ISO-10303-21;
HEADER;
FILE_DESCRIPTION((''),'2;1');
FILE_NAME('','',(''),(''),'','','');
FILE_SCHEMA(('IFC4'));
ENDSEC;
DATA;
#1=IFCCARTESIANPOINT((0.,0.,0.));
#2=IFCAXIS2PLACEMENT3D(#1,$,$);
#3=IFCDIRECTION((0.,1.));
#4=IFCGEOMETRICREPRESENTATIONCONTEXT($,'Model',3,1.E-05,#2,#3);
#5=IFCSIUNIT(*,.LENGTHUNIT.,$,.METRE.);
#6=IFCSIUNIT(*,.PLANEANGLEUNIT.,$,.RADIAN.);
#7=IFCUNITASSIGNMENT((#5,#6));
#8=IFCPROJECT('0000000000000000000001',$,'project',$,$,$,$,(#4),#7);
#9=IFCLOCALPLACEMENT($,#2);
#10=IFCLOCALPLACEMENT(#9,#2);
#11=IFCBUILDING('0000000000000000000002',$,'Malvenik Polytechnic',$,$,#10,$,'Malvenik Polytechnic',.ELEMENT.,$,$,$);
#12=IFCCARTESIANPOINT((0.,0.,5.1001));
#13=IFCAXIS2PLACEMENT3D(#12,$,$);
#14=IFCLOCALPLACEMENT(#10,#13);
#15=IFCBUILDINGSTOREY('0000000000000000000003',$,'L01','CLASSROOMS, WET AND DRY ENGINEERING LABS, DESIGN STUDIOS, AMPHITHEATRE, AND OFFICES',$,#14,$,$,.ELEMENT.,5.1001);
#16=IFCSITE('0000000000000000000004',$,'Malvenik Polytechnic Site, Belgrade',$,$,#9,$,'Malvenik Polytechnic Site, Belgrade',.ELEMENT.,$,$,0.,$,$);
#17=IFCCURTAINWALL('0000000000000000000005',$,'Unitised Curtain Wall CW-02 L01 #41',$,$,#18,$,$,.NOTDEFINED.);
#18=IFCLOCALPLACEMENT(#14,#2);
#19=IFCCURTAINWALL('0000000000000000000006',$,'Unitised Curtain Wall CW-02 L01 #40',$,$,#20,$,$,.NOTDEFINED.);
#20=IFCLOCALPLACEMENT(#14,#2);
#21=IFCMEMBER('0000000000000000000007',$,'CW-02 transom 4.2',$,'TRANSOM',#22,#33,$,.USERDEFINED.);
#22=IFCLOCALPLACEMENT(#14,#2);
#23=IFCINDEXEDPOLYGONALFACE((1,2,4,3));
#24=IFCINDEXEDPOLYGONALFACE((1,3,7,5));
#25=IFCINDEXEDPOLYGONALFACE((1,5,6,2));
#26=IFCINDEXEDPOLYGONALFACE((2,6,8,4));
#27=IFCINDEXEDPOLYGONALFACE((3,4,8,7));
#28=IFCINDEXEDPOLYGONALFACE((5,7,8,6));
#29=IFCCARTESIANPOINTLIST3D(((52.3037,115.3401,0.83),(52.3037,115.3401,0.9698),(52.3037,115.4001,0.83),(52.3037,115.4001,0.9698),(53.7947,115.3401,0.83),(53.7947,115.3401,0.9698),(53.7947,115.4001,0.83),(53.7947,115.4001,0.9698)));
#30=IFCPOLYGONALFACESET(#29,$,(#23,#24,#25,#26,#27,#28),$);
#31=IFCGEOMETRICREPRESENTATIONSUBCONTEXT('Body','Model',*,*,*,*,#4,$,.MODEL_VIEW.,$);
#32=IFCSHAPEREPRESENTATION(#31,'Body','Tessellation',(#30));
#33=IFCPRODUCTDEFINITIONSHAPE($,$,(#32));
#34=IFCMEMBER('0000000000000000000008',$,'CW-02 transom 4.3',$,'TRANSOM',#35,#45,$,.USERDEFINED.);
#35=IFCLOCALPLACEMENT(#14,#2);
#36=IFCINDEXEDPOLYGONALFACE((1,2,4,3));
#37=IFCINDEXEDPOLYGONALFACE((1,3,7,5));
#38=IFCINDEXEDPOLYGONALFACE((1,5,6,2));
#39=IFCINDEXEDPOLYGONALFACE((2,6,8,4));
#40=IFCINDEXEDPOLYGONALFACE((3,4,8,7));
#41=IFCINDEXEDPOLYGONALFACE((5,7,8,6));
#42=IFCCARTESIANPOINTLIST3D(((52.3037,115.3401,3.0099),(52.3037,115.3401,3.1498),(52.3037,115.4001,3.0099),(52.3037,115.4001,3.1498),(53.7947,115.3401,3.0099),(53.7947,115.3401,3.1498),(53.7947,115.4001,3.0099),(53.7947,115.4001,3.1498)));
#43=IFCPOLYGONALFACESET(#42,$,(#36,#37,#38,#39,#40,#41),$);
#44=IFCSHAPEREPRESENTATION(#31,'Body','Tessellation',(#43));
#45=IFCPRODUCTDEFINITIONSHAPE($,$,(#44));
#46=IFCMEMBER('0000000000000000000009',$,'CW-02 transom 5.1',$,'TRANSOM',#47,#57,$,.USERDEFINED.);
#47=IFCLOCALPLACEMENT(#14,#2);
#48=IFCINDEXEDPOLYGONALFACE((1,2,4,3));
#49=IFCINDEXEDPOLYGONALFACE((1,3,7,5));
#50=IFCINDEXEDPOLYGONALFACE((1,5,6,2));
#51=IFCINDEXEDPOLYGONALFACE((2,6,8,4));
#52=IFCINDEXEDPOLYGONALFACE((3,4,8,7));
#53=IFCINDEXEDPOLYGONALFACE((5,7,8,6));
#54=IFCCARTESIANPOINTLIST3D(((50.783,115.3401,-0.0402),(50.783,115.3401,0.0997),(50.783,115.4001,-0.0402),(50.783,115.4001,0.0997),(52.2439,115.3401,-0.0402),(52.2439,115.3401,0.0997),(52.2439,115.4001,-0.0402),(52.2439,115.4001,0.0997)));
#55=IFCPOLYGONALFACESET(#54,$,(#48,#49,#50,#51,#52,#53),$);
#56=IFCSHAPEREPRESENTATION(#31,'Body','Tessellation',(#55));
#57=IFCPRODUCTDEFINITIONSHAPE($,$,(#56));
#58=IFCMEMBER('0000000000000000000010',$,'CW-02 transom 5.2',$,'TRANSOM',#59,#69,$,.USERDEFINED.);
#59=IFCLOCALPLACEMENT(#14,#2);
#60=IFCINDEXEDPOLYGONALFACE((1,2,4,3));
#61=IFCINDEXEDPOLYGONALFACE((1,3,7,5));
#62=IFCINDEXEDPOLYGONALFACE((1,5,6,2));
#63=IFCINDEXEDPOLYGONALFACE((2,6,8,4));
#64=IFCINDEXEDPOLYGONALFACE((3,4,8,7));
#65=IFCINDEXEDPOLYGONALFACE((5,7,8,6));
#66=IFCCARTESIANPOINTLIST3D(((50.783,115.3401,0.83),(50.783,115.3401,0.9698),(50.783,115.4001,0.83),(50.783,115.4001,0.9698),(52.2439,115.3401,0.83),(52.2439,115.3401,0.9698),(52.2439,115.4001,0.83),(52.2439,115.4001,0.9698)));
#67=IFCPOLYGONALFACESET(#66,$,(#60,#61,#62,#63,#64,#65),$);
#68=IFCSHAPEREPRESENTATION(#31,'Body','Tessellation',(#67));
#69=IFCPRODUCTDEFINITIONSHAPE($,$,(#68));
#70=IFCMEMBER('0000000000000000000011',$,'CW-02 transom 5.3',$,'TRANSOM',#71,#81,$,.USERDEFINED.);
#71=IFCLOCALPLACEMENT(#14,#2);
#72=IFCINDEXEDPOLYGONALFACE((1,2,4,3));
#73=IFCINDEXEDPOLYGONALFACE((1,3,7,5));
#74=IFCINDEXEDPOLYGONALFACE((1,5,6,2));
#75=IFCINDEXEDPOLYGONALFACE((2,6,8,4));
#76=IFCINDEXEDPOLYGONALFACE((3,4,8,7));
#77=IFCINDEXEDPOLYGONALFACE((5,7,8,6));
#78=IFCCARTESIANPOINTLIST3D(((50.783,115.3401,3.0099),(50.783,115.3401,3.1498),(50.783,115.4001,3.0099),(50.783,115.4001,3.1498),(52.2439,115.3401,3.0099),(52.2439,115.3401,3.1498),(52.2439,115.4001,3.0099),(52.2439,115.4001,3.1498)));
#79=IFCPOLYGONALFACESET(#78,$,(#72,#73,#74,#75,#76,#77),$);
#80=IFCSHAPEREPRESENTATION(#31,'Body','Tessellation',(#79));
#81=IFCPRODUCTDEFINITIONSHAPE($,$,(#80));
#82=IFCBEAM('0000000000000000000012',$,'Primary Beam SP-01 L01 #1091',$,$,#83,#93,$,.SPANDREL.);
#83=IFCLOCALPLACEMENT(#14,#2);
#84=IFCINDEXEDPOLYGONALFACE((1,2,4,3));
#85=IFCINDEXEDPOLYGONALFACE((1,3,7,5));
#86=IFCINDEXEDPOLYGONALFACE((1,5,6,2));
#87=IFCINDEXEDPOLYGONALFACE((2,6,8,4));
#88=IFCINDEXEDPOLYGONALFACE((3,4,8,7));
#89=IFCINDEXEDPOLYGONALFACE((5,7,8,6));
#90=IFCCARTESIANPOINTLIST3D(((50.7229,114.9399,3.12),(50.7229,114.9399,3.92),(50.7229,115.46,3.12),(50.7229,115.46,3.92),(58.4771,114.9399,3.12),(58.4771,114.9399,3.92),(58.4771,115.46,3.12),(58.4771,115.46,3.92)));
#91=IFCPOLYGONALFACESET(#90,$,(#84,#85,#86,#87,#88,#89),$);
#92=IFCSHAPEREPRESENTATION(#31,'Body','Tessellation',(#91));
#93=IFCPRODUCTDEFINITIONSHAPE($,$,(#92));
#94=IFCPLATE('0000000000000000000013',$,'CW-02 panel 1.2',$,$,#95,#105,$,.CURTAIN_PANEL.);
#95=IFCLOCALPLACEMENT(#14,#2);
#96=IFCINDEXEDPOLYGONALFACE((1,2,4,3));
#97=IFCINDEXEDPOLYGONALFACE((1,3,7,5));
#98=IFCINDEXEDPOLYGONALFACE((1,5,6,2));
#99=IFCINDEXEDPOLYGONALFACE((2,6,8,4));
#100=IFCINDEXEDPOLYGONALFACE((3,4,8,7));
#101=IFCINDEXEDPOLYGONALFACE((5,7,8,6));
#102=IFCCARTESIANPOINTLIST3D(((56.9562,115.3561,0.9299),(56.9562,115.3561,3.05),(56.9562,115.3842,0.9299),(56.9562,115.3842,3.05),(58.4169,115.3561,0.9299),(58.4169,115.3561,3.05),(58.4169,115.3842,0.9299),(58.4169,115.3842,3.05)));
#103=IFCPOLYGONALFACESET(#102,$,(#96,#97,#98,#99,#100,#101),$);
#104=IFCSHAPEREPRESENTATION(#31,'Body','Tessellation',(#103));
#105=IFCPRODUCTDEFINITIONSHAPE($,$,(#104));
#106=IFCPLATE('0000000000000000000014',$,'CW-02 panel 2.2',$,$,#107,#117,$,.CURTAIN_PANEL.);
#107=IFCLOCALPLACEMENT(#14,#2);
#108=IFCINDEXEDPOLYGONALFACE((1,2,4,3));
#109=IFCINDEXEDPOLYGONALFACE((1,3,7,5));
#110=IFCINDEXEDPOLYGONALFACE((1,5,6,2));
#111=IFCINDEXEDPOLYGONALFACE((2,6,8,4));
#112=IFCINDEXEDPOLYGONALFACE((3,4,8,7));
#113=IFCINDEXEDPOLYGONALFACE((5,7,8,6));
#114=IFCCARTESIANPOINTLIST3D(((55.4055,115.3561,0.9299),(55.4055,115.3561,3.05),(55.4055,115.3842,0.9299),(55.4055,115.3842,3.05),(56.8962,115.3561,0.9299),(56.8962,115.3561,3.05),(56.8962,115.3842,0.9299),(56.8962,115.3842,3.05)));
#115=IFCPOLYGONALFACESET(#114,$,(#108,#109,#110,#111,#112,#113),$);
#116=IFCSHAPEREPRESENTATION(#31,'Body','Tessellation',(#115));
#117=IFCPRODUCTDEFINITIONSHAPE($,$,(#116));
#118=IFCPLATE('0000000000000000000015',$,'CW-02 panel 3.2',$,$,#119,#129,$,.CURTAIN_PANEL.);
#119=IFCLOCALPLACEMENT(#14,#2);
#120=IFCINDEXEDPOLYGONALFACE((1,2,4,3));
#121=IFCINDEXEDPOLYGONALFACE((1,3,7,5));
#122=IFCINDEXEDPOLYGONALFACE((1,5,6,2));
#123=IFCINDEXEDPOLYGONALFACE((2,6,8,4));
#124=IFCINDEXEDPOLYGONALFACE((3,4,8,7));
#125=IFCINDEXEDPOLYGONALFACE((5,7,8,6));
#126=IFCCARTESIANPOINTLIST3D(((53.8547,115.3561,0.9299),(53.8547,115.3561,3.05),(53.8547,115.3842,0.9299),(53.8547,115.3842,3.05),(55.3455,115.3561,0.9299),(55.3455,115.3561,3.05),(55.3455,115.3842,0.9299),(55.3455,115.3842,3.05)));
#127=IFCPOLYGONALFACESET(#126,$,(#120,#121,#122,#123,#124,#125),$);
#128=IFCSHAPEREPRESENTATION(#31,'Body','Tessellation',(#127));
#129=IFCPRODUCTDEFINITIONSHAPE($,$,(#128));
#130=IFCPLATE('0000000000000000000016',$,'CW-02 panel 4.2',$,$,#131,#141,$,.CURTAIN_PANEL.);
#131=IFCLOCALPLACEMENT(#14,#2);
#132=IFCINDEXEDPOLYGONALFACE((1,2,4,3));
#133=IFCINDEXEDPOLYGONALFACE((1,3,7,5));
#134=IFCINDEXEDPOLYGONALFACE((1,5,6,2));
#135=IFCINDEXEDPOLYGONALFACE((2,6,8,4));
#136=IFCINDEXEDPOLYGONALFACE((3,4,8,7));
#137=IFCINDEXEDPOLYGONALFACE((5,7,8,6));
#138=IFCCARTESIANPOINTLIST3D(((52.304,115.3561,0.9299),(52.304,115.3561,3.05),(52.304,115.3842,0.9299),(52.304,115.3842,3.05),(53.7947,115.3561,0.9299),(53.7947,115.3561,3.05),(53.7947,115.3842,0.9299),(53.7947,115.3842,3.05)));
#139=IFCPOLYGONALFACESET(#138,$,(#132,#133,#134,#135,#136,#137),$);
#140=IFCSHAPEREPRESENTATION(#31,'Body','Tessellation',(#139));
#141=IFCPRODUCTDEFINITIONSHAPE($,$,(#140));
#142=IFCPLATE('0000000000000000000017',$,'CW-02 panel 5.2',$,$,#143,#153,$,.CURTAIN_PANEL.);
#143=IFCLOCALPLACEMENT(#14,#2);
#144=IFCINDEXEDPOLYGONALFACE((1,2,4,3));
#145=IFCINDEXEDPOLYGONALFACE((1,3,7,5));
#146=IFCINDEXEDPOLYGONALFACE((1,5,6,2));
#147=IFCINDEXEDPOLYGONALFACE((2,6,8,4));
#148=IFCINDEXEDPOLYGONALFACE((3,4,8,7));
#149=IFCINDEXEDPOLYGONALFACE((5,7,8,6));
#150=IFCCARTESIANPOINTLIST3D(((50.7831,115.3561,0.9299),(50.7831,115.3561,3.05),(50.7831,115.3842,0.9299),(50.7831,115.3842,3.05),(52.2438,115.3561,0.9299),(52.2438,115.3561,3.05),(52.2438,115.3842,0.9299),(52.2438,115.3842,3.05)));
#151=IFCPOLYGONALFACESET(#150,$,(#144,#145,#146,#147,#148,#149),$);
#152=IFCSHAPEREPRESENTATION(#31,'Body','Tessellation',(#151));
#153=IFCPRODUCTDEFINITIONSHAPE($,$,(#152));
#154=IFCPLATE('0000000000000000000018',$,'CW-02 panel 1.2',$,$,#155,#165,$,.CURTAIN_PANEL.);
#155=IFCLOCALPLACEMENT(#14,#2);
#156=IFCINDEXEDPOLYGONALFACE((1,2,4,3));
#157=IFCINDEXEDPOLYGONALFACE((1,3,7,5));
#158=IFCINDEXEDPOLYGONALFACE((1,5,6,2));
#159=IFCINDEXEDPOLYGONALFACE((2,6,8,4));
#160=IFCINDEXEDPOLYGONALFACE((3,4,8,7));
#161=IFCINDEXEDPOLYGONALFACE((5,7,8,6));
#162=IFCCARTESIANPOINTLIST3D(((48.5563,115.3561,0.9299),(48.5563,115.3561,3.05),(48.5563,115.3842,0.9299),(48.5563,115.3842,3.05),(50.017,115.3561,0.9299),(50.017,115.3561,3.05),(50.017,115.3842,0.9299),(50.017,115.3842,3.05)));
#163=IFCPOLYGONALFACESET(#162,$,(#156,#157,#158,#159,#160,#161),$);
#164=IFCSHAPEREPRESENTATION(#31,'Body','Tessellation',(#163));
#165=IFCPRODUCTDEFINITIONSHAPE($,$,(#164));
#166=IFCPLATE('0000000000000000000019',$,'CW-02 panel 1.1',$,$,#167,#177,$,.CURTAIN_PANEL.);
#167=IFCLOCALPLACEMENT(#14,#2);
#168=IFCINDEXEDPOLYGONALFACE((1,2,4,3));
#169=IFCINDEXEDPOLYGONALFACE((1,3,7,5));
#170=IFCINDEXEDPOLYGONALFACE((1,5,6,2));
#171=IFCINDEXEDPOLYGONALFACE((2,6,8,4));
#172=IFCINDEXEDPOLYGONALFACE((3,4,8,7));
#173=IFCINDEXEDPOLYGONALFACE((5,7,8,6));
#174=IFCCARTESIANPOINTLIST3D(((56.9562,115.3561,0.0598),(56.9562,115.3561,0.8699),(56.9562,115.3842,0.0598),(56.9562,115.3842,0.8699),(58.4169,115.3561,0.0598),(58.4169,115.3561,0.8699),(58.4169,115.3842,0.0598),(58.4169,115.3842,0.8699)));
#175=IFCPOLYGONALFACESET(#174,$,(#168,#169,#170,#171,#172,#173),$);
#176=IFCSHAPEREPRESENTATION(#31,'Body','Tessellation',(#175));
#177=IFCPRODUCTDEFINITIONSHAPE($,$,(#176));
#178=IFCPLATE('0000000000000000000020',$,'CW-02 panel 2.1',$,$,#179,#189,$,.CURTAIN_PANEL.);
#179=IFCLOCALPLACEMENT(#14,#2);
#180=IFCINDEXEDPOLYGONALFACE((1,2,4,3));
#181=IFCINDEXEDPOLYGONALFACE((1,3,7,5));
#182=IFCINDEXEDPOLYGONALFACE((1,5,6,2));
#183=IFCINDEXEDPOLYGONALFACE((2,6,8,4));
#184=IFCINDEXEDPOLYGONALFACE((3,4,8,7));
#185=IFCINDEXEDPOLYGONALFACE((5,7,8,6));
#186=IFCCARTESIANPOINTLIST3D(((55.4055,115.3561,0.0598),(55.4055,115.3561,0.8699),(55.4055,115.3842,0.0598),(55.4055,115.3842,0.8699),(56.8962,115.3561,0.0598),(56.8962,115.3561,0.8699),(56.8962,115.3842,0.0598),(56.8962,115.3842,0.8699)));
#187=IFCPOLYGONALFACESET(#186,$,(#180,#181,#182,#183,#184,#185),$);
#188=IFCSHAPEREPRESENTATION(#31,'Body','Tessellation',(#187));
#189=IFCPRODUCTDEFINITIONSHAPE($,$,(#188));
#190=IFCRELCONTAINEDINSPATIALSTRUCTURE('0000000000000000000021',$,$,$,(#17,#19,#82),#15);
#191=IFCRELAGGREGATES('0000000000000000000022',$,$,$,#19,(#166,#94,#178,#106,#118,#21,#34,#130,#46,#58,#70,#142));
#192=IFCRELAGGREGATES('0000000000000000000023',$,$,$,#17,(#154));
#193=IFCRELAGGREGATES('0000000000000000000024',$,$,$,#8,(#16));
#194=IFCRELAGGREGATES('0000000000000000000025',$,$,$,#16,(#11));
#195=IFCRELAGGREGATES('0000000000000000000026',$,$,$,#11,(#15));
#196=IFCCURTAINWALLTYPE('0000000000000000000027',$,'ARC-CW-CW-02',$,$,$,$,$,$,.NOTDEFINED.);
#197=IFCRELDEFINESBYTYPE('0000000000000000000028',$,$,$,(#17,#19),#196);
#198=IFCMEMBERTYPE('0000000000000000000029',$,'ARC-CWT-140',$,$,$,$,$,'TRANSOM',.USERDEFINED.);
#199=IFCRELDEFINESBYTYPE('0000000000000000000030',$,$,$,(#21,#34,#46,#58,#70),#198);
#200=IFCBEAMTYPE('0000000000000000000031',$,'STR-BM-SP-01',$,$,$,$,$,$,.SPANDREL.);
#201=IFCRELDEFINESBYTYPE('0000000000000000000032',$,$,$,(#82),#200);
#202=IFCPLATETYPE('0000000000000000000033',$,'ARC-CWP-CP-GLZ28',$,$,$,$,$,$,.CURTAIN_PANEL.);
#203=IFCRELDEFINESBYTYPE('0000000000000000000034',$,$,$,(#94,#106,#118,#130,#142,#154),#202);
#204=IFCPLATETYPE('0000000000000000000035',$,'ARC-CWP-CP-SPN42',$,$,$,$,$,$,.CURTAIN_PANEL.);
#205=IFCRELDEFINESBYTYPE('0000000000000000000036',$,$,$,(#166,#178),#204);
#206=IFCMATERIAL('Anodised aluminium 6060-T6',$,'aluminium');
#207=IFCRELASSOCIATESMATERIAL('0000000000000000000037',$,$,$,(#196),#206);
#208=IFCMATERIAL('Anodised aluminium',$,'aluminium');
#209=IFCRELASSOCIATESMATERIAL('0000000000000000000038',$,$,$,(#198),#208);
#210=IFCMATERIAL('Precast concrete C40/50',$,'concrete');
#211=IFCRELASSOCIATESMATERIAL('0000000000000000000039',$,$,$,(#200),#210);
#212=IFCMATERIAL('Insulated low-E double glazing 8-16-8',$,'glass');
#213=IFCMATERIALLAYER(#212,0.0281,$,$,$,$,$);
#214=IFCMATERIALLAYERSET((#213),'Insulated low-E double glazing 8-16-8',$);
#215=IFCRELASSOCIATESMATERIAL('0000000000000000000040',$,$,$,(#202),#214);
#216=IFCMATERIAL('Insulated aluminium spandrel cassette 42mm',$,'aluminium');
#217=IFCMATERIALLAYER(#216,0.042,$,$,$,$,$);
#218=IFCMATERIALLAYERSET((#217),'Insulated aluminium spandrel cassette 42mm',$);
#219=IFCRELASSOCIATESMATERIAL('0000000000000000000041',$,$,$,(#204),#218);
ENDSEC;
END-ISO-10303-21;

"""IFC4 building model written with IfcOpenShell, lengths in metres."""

from ifc_helpers import new_model, si_unit, direction, frame, origin, origin_2d, place, context, subcontext, project, spatial, rectangle, extrude, material, layer, layer_set, material_profile, profile_set, type_object, element, aggregate, save


model = new_model("IFC4")

# Units and contexts
model_context = context("Model", 3, precision=1e-05, world=origin(), true_north=direction((0.0, 1.0)))
body_context = subcontext(model_context, "Body", "Model", "MODEL_VIEW")
ifc_project = project(units=[si_unit("LENGTHUNIT", "METRE"), si_unit("PLANEANGLEUNIT", "RADIAN")], contexts=[model_context])

# Site, building, storey
site_placement = place(None, origin())
site = spatial("IfcSite", under=ifc_project, at=site_placement, Name="Malvenik Polytechnic Site, Belgrade", LongName="Malvenik Polytechnic Site, Belgrade", CompositionType="ELEMENT", RefElevation=0.0)
building_placement = place(site_placement, origin())
building = spatial("IfcBuilding", under=site, at=building_placement, Name="Malvenik Polytechnic", LongName="Malvenik Polytechnic", CompositionType="ELEMENT")
storey_placement = place(building_placement, frame((0.0, 0.0, 5.1001)))
storey = spatial("IfcBuildingStorey", under=building, at=storey_placement, Name="L01", Description="CLASSROOMS, WET AND DRY ENGINEERING LABS, DESIGN STUDIOS, AMPHITHEATRE, AND OFFICES", CompositionType="ELEMENT", Elevation=5.1001)

# Curtain wall
ifc_material_1 = material(Name="Anodised aluminium 6060-T6", Category="aluminium")
curtain_wall_type = type_object("IfcCurtainWallType", Name="ARC-CW-CW-02", PredefinedType="NOTDEFINED", material=ifc_material_1)
curtain_wall_1_placement = place(storey_placement, origin())
curtain_wall_1 = element("IfcCurtainWall", 1, at=curtain_wall_1_placement, inside=storey, type_object=curtain_wall_type, Name="Unitised Curtain Wall CW-02 L01 #41", PredefinedType="NOTDEFINED")
ifc_material_2 = material(Name="Anodised aluminium", Category="aluminium")

# Curtain wall
curtain_wall_2_placement = place(storey_placement, origin())
curtain_wall_2 = element("IfcCurtainWall", 2, at=curtain_wall_2_placement, inside=storey, type_object=curtain_wall_type, Name="Unitised Curtain Wall CW-02 L01 #40", PredefinedType="NOTDEFINED")

# Members
ifc_material_profile_1 = material_profile(ifc_material_2, rectangle(XDim=0.0601, YDim=0.1399, at=origin_2d()), Name="ALU TRANSOM 60x140")
ifc_profile_set_1 = profile_set([ifc_material_profile_1], Name="Anodised aluminium")
member_type_1 = type_object("IfcMemberType", Name="ARC-CWT-140", ElementType="TRANSOM", PredefinedType="USERDEFINED", material=ifc_profile_set_1)
member_1_placement = place(storey_placement, frame((53.7947, 115.3701, 0.8999), z_axis=(-1.0, 0.0, 0.0), x_axis=(0.0, -1.0, 0.0)))
member_1 = element("IfcMember", 3, at=member_1_placement, type_object=member_type_1, Name="CW-02 transom 4.2", ObjectType="TRANSOM", PredefinedType="USERDEFINED", context=body_context, shape_type="SweptSolid", body=[
    extrude(rectangle(XDim=0.0601, YDim=0.1399, at=origin_2d()), origin(), (0.0, 0.0, 1.0), 1.491),
])
member_2_placement = place(storey_placement, frame((53.7947, 115.3701, 3.0798), z_axis=(-1.0, 0.0, 0.0), x_axis=(0.0, -1.0, 0.0)))
member_2 = element("IfcMember", 4, at=member_2_placement, type_object=member_type_1, Name="CW-02 transom 4.3", ObjectType="TRANSOM", PredefinedType="USERDEFINED", context=body_context, shape_type="SweptSolid", body=[
    extrude(rectangle(XDim=0.0601, YDim=0.1399, at=origin_2d()), origin(), (0.0, 0.0, 1.0), 1.491),
])
member_3_placement = place(storey_placement, frame((52.2439, 115.3701, 0.0298), z_axis=(-1.0, 0.0, 0.0), x_axis=(0.0, -1.0, 0.0)))
member_3 = element("IfcMember", 5, at=member_3_placement, type_object=member_type_1, Name="CW-02 transom 5.1", ObjectType="TRANSOM", PredefinedType="USERDEFINED", context=body_context, shape_type="SweptSolid", body=[
    extrude(rectangle(XDim=0.0601, YDim=0.1399, at=origin_2d()), origin(), (0.0, 0.0, 1.0), 1.4609),
])
member_4_placement = place(storey_placement, frame((52.2439, 115.3701, 0.8999), z_axis=(-1.0, 0.0, 0.0), x_axis=(0.0, -1.0, 0.0)))
member_4 = element("IfcMember", 6, at=member_4_placement, type_object=member_type_1, Name="CW-02 transom 5.2", ObjectType="TRANSOM", PredefinedType="USERDEFINED", context=body_context, shape_type="SweptSolid", body=[
    extrude(rectangle(XDim=0.0601, YDim=0.1399, at=origin_2d()), origin(), (0.0, 0.0, 1.0), 1.4609),
])
member_5_placement = place(storey_placement, frame((52.2439, 115.3701, 3.0798), z_axis=(-1.0, 0.0, 0.0), x_axis=(0.0, -1.0, 0.0)))
member_5 = element("IfcMember", 7, at=member_5_placement, type_object=member_type_1, Name="CW-02 transom 5.3", ObjectType="TRANSOM", PredefinedType="USERDEFINED", context=body_context, shape_type="SweptSolid", body=[
    extrude(rectangle(XDim=0.0601, YDim=0.1399, at=origin_2d()), origin(), (0.0, 0.0, 1.0), 1.4609),
])

# Beam
ifc_material_3 = material(Name="Precast concrete C40/50", Category="concrete")
ifc_material_profile_2 = material_profile(ifc_material_3, rectangle(XDim=0.52, YDim=0.8, at=origin_2d()), Name="PC SPN 520x800")
ifc_profile_set_2 = profile_set([ifc_material_profile_2], Name="Precast concrete C40/50")
beam_type = type_object("IfcBeamType", Name="STR-BM-SP-01", PredefinedType="SPANDREL", material=ifc_profile_set_2)
beam_placement = place(storey_placement, frame((50.7229, 115.2, 3.52), z_axis=(1.0, 0.0, 0.0), x_axis=(0.0, 1.0, 0.0)))
element("IfcBeam", 8, at=beam_placement, inside=storey, type_object=beam_type, Name="Primary Beam SP-01 L01 #1091", PredefinedType="SPANDREL", context=body_context, shape_type="SweptSolid", body=[
    extrude(rectangle(XDim=0.52, YDim=0.8, at=origin_2d()), origin(), (0.0, 0.0, 1.0), 7.7542),
])

# Plates
ifc_material_4 = material(Name="Insulated low-E double glazing 8-16-8", Category="glass")
ifc_layer_1 = layer(ifc_material_4, 0.0281)
ifc_layer_set_1 = layer_set([ifc_layer_1], Name="Insulated low-E double glazing 8-16-8")
plate_type_1 = type_object("IfcPlateType", Name="ARC-CWP-CP-GLZ28", PredefinedType="CURTAIN_PANEL", material=ifc_layer_set_1)
plate_1_placement = place(storey_placement, frame((57.6865, 115.3701, 0.9299), z_axis=(0.0, 0.0, 1.0), x_axis=(-1.0, 0.0, 0.0)))
plate_1 = element("IfcPlate", 9, at=plate_1_placement, type_object=plate_type_1, Name="CW-02 panel 1.2", PredefinedType="CURTAIN_PANEL", context=body_context, shape_type="SweptSolid", body=[
    extrude(rectangle(XDim=1.4607, YDim=0.0281, at=origin_2d()), origin(), (0.0, 0.0, 1.0), 2.1201),
])
plate_2_placement = place(storey_placement, frame((56.1509, 115.3701, 0.9299), z_axis=(0.0, 0.0, 1.0), x_axis=(-1.0, 0.0, 0.0)))
plate_2 = element("IfcPlate", 10, at=plate_2_placement, type_object=plate_type_1, Name="CW-02 panel 2.2", PredefinedType="CURTAIN_PANEL", context=body_context, shape_type="SweptSolid", body=[
    extrude(rectangle(XDim=1.4907, YDim=0.0281, at=origin_2d()), origin(), (0.0, 0.0, 1.0), 2.1201),
])
plate_3_placement = place(storey_placement, frame((54.6001, 115.3701, 0.9299), z_axis=(0.0, 0.0, 1.0), x_axis=(-1.0, 0.0, 0.0)))
plate_3 = element("IfcPlate", 11, at=plate_3_placement, type_object=plate_type_1, Name="CW-02 panel 3.2", PredefinedType="CURTAIN_PANEL", context=body_context, shape_type="SweptSolid", body=[
    extrude(rectangle(XDim=1.4907, YDim=0.0281, at=origin_2d()), origin(), (0.0, 0.0, 1.0), 2.1201),
])
plate_4_placement = place(storey_placement, frame((53.0493, 115.3701, 0.9299), z_axis=(0.0, 0.0, 1.0), x_axis=(-1.0, 0.0, 0.0)))
plate_4 = element("IfcPlate", 12, at=plate_4_placement, type_object=plate_type_1, Name="CW-02 panel 4.2", PredefinedType="CURTAIN_PANEL", context=body_context, shape_type="SweptSolid", body=[
    extrude(rectangle(XDim=1.4907, YDim=0.0281, at=origin_2d()), origin(), (0.0, 0.0, 1.0), 2.1201),
])
plate_5_placement = place(storey_placement, frame((51.5134, 115.3701, 0.9299), z_axis=(0.0, 0.0, 1.0), x_axis=(-1.0, 0.0, 0.0)))
plate_5 = element("IfcPlate", 13, at=plate_5_placement, type_object=plate_type_1, Name="CW-02 panel 5.2", PredefinedType="CURTAIN_PANEL", context=body_context, shape_type="SweptSolid", body=[
    extrude(rectangle(XDim=1.4607, YDim=0.0281, at=origin_2d()), origin(), (0.0, 0.0, 1.0), 2.1201),
])
plate_6_placement = place(storey_placement, frame((49.2866, 115.3701, 0.9299), z_axis=(0.0, 0.0, 1.0), x_axis=(-1.0, 0.0, 0.0)))
plate_6 = element("IfcPlate", 14, at=plate_6_placement, type_object=plate_type_1, Name="CW-02 panel 1.2", PredefinedType="CURTAIN_PANEL", context=body_context, shape_type="SweptSolid", body=[
    extrude(rectangle(XDim=1.4607, YDim=0.0281, at=origin_2d()), origin(), (0.0, 0.0, 1.0), 2.1201),
])
ifc_material_5 = material(Name="Insulated aluminium spandrel cassette 42mm", Category="aluminium")
ifc_layer_2 = layer(ifc_material_5, 0.042)
ifc_layer_set_2 = layer_set([ifc_layer_2], Name="Insulated aluminium spandrel cassette 42mm")
plate_type_2 = type_object("IfcPlateType", Name="ARC-CWP-CP-SPN42", PredefinedType="CURTAIN_PANEL", material=ifc_layer_set_2)
plate_7_placement = place(storey_placement, frame((57.6865, 115.3701, 0.0598), z_axis=(0.0, 0.0, 1.0), x_axis=(-1.0, 0.0, 0.0)))
plate_7 = element("IfcPlate", 15, at=plate_7_placement, type_object=plate_type_2, Name="CW-02 panel 1.1", PredefinedType="CURTAIN_PANEL", context=body_context, shape_type="SweptSolid", body=[
    extrude(rectangle(XDim=1.4607, YDim=0.0281, at=origin_2d()), origin(), (0.0, 0.0, 1.0), 0.8101),
])
plate_8_placement = place(storey_placement, frame((56.1509, 115.3701, 0.0598), z_axis=(0.0, 0.0, 1.0), x_axis=(-1.0, 0.0, 0.0)))
plate_8 = element("IfcPlate", 16, at=plate_8_placement, type_object=plate_type_2, Name="CW-02 panel 2.1", PredefinedType="CURTAIN_PANEL", context=body_context, shape_type="SweptSolid", body=[
    extrude(rectangle(XDim=1.4907, YDim=0.0281, at=origin_2d()), origin(), (0.0, 0.0, 1.0), 0.8101),
])
aggregate(curtain_wall_2, [plate_7, plate_1, plate_8, plate_2, plate_3, member_1, member_2, plate_4, member_3, member_4, member_5, plate_5])
aggregate(curtain_wall_1, [plate_6])

save(model, "model.ifc")
